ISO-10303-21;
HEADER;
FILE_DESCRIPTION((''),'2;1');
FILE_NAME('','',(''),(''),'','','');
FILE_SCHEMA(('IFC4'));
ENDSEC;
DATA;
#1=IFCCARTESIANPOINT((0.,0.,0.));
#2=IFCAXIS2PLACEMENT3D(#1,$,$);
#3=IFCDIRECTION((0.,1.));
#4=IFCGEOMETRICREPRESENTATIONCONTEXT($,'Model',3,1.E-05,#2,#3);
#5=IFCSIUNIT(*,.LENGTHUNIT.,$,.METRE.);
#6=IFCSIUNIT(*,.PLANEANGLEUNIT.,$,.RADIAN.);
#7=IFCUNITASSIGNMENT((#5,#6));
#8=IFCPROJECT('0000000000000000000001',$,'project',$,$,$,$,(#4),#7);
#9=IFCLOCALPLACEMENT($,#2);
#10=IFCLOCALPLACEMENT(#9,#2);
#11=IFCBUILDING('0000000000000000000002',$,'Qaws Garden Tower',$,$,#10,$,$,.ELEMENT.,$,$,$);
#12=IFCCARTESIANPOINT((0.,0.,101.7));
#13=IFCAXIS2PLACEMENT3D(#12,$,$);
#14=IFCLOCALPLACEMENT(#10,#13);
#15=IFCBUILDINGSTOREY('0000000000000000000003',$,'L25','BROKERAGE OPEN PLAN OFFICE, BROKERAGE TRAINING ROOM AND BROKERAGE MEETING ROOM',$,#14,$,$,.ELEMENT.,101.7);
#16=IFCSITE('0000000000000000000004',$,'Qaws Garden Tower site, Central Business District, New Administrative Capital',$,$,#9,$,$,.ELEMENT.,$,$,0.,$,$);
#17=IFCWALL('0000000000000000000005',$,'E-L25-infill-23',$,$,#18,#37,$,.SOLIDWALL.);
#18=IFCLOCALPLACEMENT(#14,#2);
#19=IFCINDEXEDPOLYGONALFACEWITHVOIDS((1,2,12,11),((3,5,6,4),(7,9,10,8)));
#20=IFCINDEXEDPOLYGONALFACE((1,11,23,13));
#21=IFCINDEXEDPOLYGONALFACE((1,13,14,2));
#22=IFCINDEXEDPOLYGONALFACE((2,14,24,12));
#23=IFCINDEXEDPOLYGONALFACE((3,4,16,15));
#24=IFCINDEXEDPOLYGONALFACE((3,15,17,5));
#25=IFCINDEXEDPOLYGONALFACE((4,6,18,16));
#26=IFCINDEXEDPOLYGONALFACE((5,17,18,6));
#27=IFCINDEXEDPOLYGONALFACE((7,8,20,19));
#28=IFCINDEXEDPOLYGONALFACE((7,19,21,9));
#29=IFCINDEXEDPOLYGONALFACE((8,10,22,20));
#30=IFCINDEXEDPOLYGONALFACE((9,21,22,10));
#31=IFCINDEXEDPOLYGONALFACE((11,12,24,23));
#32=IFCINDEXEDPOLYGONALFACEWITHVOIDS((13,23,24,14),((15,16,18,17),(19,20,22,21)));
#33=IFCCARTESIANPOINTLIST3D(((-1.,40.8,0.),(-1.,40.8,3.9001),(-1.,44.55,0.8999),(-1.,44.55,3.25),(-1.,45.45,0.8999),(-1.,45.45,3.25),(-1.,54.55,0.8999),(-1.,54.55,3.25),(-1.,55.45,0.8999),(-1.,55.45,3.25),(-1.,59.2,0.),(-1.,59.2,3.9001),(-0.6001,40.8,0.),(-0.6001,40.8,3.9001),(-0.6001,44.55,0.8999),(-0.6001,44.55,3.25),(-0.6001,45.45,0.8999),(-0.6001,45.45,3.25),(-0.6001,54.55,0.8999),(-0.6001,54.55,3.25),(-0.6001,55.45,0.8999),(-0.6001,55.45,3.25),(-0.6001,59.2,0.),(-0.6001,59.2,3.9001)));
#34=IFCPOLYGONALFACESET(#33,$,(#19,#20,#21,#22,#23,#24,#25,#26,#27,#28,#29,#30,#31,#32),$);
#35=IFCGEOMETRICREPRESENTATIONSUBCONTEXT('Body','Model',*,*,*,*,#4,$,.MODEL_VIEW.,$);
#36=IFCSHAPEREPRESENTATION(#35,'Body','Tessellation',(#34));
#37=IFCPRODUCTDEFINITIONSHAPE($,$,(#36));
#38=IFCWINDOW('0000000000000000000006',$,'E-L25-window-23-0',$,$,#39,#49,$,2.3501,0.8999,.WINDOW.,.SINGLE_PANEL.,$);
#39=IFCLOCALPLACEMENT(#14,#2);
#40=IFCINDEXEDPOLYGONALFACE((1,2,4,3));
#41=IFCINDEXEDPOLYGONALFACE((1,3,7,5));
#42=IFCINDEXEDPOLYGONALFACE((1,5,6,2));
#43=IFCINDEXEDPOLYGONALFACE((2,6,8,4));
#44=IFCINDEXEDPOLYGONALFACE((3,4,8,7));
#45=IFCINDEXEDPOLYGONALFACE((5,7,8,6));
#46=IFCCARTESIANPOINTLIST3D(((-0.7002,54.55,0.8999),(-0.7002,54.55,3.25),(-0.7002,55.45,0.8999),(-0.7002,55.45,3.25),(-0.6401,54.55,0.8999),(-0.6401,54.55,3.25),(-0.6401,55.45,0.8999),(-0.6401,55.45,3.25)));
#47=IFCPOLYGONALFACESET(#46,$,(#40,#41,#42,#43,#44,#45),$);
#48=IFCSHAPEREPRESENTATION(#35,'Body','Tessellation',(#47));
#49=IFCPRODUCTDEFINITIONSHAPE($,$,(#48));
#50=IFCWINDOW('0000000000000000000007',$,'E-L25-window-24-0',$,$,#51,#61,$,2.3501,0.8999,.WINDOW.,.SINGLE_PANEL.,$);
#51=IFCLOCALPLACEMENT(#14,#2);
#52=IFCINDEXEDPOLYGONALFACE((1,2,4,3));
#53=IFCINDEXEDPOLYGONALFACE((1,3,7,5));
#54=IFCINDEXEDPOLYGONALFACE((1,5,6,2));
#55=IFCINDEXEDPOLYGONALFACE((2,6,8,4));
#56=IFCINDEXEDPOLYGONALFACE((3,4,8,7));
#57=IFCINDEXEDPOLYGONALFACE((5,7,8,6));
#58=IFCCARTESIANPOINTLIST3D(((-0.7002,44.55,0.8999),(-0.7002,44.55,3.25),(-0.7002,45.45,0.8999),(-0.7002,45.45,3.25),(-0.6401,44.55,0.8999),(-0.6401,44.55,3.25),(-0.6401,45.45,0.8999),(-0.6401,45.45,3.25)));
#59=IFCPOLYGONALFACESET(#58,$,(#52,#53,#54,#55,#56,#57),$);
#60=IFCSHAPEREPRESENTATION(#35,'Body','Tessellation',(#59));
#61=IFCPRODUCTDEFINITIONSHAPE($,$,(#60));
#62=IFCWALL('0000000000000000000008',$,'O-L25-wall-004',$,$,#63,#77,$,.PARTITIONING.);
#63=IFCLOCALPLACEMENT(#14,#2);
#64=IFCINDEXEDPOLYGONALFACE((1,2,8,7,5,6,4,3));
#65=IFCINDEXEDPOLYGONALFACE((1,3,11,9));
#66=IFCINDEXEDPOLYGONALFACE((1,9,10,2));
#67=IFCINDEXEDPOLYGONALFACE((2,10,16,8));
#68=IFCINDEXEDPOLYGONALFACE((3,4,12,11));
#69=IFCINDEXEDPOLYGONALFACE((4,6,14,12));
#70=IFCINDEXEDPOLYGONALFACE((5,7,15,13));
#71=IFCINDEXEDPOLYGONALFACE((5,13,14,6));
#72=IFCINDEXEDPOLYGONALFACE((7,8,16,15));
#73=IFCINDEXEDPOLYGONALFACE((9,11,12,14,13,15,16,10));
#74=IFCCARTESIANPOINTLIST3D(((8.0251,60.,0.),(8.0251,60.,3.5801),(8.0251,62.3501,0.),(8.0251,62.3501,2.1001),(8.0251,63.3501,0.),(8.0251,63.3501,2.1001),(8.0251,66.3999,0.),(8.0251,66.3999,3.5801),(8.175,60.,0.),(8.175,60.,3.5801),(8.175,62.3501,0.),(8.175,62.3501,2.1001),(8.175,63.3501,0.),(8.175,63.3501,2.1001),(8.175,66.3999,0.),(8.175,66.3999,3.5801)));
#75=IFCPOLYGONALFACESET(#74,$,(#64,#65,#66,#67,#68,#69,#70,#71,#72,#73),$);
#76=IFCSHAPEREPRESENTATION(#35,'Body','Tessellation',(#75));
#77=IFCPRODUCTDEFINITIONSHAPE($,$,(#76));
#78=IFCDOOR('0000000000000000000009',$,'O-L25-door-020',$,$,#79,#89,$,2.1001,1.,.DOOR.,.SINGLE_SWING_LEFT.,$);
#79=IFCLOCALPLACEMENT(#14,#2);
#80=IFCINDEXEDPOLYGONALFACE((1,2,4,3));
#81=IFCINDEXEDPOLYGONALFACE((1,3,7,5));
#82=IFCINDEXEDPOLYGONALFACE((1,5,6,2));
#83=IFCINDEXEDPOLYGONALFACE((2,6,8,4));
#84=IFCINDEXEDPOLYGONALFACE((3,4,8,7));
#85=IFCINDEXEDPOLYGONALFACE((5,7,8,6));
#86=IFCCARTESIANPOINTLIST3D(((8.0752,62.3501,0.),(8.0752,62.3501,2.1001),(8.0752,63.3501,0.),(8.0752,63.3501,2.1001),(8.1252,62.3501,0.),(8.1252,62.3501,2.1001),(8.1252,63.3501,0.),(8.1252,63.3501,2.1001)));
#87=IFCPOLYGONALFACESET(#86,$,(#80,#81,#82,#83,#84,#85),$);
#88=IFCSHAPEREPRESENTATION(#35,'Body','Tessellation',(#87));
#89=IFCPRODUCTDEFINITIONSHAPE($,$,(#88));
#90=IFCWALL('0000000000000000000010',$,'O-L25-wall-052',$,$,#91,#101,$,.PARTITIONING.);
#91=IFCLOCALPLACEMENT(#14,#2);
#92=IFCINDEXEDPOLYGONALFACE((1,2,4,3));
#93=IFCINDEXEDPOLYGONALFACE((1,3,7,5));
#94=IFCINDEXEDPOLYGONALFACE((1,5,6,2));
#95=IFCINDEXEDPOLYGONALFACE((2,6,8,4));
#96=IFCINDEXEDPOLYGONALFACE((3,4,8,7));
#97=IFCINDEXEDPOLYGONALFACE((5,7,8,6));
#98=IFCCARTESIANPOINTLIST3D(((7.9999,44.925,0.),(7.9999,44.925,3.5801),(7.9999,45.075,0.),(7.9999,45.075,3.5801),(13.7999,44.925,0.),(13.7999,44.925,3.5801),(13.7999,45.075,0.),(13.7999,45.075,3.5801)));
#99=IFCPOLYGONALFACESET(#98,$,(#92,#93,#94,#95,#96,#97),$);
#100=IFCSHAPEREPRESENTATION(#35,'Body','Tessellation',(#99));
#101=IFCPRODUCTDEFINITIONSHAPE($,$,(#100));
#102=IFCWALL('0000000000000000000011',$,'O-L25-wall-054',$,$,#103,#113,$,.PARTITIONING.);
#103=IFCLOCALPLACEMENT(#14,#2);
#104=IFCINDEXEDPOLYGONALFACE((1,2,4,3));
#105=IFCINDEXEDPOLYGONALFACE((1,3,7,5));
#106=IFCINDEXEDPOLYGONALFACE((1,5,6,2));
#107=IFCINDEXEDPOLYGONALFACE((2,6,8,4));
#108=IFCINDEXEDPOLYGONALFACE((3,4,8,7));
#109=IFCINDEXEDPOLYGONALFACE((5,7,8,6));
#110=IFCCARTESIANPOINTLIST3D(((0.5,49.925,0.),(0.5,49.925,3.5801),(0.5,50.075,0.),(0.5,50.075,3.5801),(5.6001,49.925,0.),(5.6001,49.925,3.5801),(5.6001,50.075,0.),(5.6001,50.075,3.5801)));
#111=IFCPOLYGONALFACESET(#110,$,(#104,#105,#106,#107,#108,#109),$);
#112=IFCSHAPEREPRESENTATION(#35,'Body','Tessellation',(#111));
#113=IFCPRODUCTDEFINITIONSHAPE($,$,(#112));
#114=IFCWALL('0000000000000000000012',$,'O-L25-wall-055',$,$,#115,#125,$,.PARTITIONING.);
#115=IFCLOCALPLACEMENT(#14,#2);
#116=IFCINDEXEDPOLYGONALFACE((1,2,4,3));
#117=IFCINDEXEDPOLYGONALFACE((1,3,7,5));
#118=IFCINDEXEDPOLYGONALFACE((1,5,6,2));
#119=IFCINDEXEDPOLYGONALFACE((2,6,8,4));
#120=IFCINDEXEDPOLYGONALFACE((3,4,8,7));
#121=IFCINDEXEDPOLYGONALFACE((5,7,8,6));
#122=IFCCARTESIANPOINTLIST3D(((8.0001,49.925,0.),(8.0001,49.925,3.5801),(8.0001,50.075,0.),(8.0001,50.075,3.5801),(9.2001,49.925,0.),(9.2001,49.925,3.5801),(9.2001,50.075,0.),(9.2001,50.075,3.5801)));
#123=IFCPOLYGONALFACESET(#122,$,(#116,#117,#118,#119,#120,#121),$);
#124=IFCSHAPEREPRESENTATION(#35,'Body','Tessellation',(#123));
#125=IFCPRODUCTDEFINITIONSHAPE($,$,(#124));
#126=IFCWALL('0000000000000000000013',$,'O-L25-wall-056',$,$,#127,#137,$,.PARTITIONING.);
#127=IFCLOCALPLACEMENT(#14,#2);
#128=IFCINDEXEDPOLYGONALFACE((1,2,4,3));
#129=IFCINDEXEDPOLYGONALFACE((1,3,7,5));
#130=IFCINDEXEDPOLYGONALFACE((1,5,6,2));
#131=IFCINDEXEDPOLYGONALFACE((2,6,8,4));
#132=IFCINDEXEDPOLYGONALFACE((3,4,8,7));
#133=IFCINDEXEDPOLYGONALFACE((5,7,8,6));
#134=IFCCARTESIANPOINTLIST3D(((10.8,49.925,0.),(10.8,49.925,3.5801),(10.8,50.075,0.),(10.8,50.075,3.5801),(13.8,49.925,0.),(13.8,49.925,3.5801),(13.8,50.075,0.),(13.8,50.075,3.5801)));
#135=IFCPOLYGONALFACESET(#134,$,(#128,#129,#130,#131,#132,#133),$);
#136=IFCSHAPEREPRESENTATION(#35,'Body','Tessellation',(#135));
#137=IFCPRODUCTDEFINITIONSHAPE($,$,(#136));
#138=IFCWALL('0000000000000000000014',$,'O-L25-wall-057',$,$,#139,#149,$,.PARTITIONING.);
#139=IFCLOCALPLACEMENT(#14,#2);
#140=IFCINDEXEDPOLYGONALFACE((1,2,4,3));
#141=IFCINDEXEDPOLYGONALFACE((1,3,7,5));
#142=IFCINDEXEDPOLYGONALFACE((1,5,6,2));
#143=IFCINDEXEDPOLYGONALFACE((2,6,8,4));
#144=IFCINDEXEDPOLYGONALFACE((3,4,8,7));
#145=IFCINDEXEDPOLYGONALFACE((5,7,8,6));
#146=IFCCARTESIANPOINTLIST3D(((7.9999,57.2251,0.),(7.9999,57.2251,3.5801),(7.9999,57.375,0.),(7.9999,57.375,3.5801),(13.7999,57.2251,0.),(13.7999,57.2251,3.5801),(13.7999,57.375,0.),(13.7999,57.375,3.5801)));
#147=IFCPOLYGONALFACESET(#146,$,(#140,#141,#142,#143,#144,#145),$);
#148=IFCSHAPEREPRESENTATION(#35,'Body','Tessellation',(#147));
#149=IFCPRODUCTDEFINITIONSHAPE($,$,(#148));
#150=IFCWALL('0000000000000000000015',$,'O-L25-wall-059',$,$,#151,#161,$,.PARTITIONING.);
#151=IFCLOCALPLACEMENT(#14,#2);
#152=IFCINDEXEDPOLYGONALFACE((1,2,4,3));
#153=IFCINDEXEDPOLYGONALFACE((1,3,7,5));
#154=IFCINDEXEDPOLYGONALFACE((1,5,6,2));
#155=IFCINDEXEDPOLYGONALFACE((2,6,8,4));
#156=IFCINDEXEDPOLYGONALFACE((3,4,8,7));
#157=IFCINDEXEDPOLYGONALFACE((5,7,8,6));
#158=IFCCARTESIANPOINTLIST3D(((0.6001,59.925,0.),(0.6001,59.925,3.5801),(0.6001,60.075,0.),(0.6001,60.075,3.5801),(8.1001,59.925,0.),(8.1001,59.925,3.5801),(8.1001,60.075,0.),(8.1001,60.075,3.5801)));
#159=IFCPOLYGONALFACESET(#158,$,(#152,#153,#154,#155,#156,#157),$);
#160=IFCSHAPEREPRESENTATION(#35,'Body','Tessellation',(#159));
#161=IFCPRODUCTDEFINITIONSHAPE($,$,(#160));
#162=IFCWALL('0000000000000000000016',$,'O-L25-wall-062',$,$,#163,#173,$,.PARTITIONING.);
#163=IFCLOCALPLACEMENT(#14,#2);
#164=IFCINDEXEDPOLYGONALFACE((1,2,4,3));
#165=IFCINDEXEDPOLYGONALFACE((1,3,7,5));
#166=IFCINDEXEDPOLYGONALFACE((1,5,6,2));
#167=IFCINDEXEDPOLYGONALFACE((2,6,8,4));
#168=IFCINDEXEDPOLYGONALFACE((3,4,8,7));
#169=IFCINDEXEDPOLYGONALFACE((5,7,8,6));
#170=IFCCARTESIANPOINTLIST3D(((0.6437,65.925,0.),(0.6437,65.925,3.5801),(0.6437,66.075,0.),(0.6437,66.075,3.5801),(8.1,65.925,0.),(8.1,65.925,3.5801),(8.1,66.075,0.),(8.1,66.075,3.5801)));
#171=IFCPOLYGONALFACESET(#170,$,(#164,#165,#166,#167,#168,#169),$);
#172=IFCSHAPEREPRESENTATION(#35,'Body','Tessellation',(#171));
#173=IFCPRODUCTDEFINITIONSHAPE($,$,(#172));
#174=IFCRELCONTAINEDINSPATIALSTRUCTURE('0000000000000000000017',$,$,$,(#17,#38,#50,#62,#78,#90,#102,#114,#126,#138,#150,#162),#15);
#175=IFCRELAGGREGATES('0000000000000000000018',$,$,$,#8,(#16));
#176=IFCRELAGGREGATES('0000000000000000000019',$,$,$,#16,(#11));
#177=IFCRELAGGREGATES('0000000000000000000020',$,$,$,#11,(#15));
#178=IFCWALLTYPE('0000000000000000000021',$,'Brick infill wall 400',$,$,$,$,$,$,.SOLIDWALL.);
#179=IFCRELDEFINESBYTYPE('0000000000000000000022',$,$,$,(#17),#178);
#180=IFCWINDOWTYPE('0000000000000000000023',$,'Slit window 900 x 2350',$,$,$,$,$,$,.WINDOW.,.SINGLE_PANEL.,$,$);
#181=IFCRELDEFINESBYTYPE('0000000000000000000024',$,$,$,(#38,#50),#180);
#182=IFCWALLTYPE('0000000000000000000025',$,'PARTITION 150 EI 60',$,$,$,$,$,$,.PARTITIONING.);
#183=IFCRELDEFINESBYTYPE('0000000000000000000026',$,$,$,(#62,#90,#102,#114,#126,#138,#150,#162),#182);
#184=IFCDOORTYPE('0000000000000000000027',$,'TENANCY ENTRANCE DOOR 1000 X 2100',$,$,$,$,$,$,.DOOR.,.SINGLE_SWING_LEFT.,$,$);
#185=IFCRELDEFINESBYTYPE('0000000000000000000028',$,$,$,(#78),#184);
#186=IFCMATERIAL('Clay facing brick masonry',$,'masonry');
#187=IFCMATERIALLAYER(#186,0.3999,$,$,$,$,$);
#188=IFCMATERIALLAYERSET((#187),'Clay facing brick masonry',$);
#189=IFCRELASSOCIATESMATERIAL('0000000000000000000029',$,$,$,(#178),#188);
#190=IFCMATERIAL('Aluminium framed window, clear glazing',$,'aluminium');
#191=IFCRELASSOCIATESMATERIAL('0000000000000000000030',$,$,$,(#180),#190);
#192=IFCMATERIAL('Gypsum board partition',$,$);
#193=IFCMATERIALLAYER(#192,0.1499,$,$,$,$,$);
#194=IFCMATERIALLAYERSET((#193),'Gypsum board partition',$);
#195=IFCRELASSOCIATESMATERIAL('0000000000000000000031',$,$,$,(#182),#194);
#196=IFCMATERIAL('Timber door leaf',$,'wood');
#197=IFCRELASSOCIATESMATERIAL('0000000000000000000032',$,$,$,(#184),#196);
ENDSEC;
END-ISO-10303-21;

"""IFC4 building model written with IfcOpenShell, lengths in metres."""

from ifc_helpers import new_model, si_unit, direction, frame, frame_2d, origin, place, context, subcontext, project, spatial, rectangle, extrude, material, layer, layer_set, type_object, element, fill, save


model = new_model("IFC4")

# Units and contexts
model_context = context("Model", 3, precision=1e-05, world=origin(), true_north=direction((0.0, 1.0)))
body_context = subcontext(model_context, "Body", "Model", "MODEL_VIEW")
ifc_project = project(units=[si_unit("LENGTHUNIT", "METRE"), si_unit("PLANEANGLEUNIT", "RADIAN")], contexts=[model_context])

# Site, building, storey
site_placement = place(None, origin())
site = spatial("IfcSite", under=ifc_project, at=site_placement, Name="Qaws Garden Tower site, Central Business District, New Administrative Capital", CompositionType="ELEMENT", RefElevation=0.0)
building_placement = place(site_placement, origin())
building = spatial("IfcBuilding", under=site, at=building_placement, Name="Qaws Garden Tower", CompositionType="ELEMENT")
storey_placement = place(building_placement, frame((0.0, 0.0, 101.7)))
storey = spatial("IfcBuildingStorey", under=building, at=storey_placement, Name="L25", Description="BROKERAGE OPEN PLAN OFFICE, BROKERAGE TRAINING ROOM AND BROKERAGE MEETING ROOM", CompositionType="ELEMENT", Elevation=101.7)

# Shared definitions
ifc_material_1 = material(Name="Clay facing brick masonry", Category="masonry")
ifc_layer_1 = layer(ifc_material_1, 0.3999)
ifc_layer_set_1 = layer_set([ifc_layer_1], Name="Clay facing brick masonry")
wall_type_1 = type_object("IfcWallType", Name="Brick infill wall 400", PredefinedType="SOLIDWALL", material=ifc_layer_set_1)

# Wall, openings, windows
wall_1_placement = place(storey_placement, frame((-0.8, 59.2, 0.0), z_axis=(0.0, 0.0, 1.0), x_axis=(0.0, -1.0, 0.0)))
wall_1 = element("IfcWall", 1, at=wall_1_placement, inside=storey, type_object=wall_type_1, Name="E-L25-infill-23", PredefinedType="SOLIDWALL", context=body_context, shape_type="SweptSolid", body=[
    extrude(rectangle(XDim=18.3999, YDim=0.3999, at=frame_2d((9.2, 0.0))), origin(), (0.0, 0.0, 1.0), 3.9001),
])
opening_1_placement = place(wall_1_placement, frame((3.75, 0.0, 0.8999)))
opening_1 = element("IfcOpeningElement", 2, at=opening_1_placement, cuts=wall_1, PredefinedType="OPENING", context=body_context, shape_type="SweptSolid", body=[
    extrude(rectangle(XDim=0.8999, YDim=2.3501, at=frame_2d((0.45, 1.175))), frame((0.0, 0.21, 0.0), z_axis=(0.0, -1.0, 0.0), x_axis=(1.0, 0.0, 0.0)), (0.0, 0.0, 1.0), 0.4199),
])
opening_2_placement = place(wall_1_placement, frame((13.75, 0.0, 0.8999)))
opening_2 = element("IfcOpeningElement", 3, at=opening_2_placement, cuts=wall_1, PredefinedType="OPENING", context=body_context, shape_type="SweptSolid", body=[
    extrude(rectangle(XDim=0.8999, YDim=2.3501, at=frame_2d((0.45, 1.175))), frame((0.0, 0.21, 0.0), z_axis=(0.0, -1.0, 0.0), x_axis=(1.0, 0.0, 0.0)), (0.0, 0.0, 1.0), 0.4199),
])
ifc_material_2 = material(Name="Aluminium framed window, clear glazing", Category="aluminium")
window_type_1 = type_object("IfcWindowType", Name="Slit window 900 x 2350", PartitioningType="SINGLE_PANEL", PredefinedType="WINDOW", material=ifc_material_2)
window_1_placement = place(opening_1_placement, origin())
window_1 = element("IfcWindow", 4, at=window_1_placement, inside=storey, type_object=window_type_1, Name="E-L25-window-23-0", OverallHeight=2.3501, OverallWidth=0.8999, PartitioningType="SINGLE_PANEL", PredefinedType="WINDOW", context=body_context, shape_type="SweptSolid", body=[
    extrude(rectangle(XDim=0.8999, YDim=2.3501, at=frame_2d((0.45, 1.175))), frame((0.0, 0.1599, 0.0), z_axis=(0.0, -1.0, 0.0), x_axis=(1.0, 0.0, 0.0)), (0.0, 0.0, 1.0), 0.0601),
])
fill(opening_1, window_1)
window_2_placement = place(opening_2_placement, origin())
window_2 = element("IfcWindow", 5, at=window_2_placement, inside=storey, type_object=window_type_1, Name="E-L25-window-24-0", OverallHeight=2.3501, OverallWidth=0.8999, PartitioningType="SINGLE_PANEL", PredefinedType="WINDOW", context=body_context, shape_type="SweptSolid", body=[
    extrude(rectangle(XDim=0.8999, YDim=2.3501, at=frame_2d((0.45, 1.175))), frame((0.0, 0.1599, 0.0), z_axis=(0.0, -1.0, 0.0), x_axis=(1.0, 0.0, 0.0)), (0.0, 0.0, 1.0), 0.0601),
])
fill(opening_2, window_2)

# Wall, opening, door
ifc_material_3 = material(Name="Gypsum board partition")
ifc_layer_2 = layer(ifc_material_3, 0.1499)
ifc_layer_set_2 = layer_set([ifc_layer_2], Name="Gypsum board partition")
wall_type_2 = type_object("IfcWallType", Name="PARTITION 150 EI 60", PredefinedType="PARTITIONING", material=ifc_layer_set_2)
wall_2_placement = place(storey_placement, frame((8.1001, 60.0, 0.0), z_axis=(0.0, 0.0, 1.0), x_axis=(0.0, 1.0, 0.0)))
wall_2 = element("IfcWall", 6, at=wall_2_placement, inside=storey, type_object=wall_type_2, Name="O-L25-wall-004", PredefinedType="PARTITIONING", context=body_context, shape_type="SweptSolid", body=[
    extrude(rectangle(XDim=6.3999, YDim=0.1499, at=frame_2d((3.2, 0.0))), origin(), (0.0, 0.0, 1.0), 3.5801),
])
opening_3_placement = place(wall_2_placement, frame((2.3501, 0.0, 0.0)))
opening_3 = element("IfcOpeningElement", 7, at=opening_3_placement, cuts=wall_2, PredefinedType="OPENING", context=body_context, shape_type="SweptSolid", body=[
    extrude(rectangle(XDim=1.0, YDim=2.1001, at=frame_2d((0.5, 1.05))), frame((0.0, 0.085, 0.0), z_axis=(0.0, -1.0, 0.0), x_axis=(1.0, 0.0, 0.0)), (0.0, 0.0, 1.0), 0.1699),
])
ifc_material_4 = material(Name="Timber door leaf", Category="wood")
door_type = type_object("IfcDoorType", Name="TENANCY ENTRANCE DOOR 1000 X 2100", OperationType="SINGLE_SWING_LEFT", PredefinedType="DOOR", material=ifc_material_4)
door_placement = place(opening_3_placement, origin())
door = element("IfcDoor", 8, at=door_placement, inside=storey, type_object=door_type, Name="O-L25-door-020", OperationType="SINGLE_SWING_LEFT", OverallHeight=2.1001, OverallWidth=1.0, PredefinedType="DOOR", context=body_context, shape_type="SweptSolid", body=[
    extrude(rectangle(XDim=1.0, YDim=2.1001, at=frame_2d((0.5, 1.05))), frame((0.0, 0.0249, 0.0), z_axis=(0.0, -1.0, 0.0), x_axis=(1.0, 0.0, 0.0)), (0.0, 0.0, 1.0), 0.05),
])
fill(opening_3, door)

# Walls
wall_3_placement = place(storey_placement, frame((8.0, 45.0, 0.0), z_axis=(0.0, 0.0, 1.0), x_axis=(1.0, 0.0, 0.0)))
element("IfcWall", 9, at=wall_3_placement, inside=storey, type_object=wall_type_2, Name="O-L25-wall-052", PredefinedType="PARTITIONING", context=body_context, shape_type="SweptSolid", body=[
    extrude(rectangle(XDim=5.8, YDim=0.1499, at=frame_2d((2.8999, 0.0))), origin(), (0.0, 0.0, 1.0), 3.5801),
])
wall_4_placement = place(storey_placement, frame((0.5, 50.0, 0.0), z_axis=(0.0, 0.0, 1.0), x_axis=(1.0, 0.0, 0.0)))
element("IfcWall", 10, at=wall_4_placement, inside=storey, type_object=wall_type_2, Name="O-L25-wall-054", PredefinedType="PARTITIONING", context=body_context, shape_type="SweptSolid", body=[
    extrude(rectangle(XDim=5.1001, YDim=0.1499, at=frame_2d((2.55, 0.0))), origin(), (0.0, 0.0, 1.0), 3.5801),
])
wall_5_placement = place(storey_placement, frame((8.0, 50.0, 0.0), z_axis=(0.0, 0.0, 1.0), x_axis=(1.0, 0.0, 0.0)))
element("IfcWall", 11, at=wall_5_placement, inside=storey, type_object=wall_type_2, Name="O-L25-wall-055", PredefinedType="PARTITIONING", context=body_context, shape_type="SweptSolid", body=[
    extrude(rectangle(XDim=1.2, YDim=0.1499, at=frame_2d((0.6001, 0.0))), origin(), (0.0, 0.0, 1.0), 3.5801),
])
wall_6_placement = place(storey_placement, frame((10.8, 50.0, 0.0), z_axis=(0.0, 0.0, 1.0), x_axis=(1.0, 0.0, 0.0)))
element("IfcWall", 12, at=wall_6_placement, inside=storey, type_object=wall_type_2, Name="O-L25-wall-056", PredefinedType="PARTITIONING", context=body_context, shape_type="SweptSolid", body=[
    extrude(rectangle(XDim=3.0, YDim=0.1499, at=frame_2d((1.5, 0.0))), origin(), (0.0, 0.0, 1.0), 3.5801),
])
wall_7_placement = place(storey_placement, frame((8.0, 57.3, 0.0), z_axis=(0.0, 0.0, 1.0), x_axis=(1.0, 0.0, 0.0)))
element("IfcWall", 13, at=wall_7_placement, inside=storey, type_object=wall_type_2, Name="O-L25-wall-057", PredefinedType="PARTITIONING", context=body_context, shape_type="SweptSolid", body=[
    extrude(rectangle(XDim=5.8, YDim=0.1499, at=frame_2d((2.8999, 0.0))), origin(), (0.0, 0.0, 1.0), 3.5801),
])
wall_8_placement = place(storey_placement, frame((0.6001, 60.0, 0.0), z_axis=(0.0, 0.0, 1.0), x_axis=(1.0, 0.0, 0.0)))
element("IfcWall", 14, at=wall_8_placement, inside=storey, type_object=wall_type_2, Name="O-L25-wall-059", PredefinedType="PARTITIONING", context=body_context, shape_type="SweptSolid", body=[
    extrude(rectangle(XDim=7.5, YDim=0.1499, at=frame_2d((3.75, 0.0))), origin(), (0.0, 0.0, 1.0), 3.5801),
])
wall_9_placement = place(storey_placement, frame((0.6438, 66.0, 0.0), z_axis=(0.0, 0.0, 1.0), x_axis=(1.0, 0.0, 0.0)))
element("IfcWall", 15, at=wall_9_placement, inside=storey, type_object=wall_type_2, Name="O-L25-wall-062", PredefinedType="PARTITIONING", context=body_context, shape_type="SweptSolid", body=[
    extrude(rectangle(XDim=7.4563, YDim=0.1499, at=frame_2d((3.728, 0.0))), origin(), (0.0, 0.0, 1.0), 3.5801),
])

save(model, "model.ifc")
